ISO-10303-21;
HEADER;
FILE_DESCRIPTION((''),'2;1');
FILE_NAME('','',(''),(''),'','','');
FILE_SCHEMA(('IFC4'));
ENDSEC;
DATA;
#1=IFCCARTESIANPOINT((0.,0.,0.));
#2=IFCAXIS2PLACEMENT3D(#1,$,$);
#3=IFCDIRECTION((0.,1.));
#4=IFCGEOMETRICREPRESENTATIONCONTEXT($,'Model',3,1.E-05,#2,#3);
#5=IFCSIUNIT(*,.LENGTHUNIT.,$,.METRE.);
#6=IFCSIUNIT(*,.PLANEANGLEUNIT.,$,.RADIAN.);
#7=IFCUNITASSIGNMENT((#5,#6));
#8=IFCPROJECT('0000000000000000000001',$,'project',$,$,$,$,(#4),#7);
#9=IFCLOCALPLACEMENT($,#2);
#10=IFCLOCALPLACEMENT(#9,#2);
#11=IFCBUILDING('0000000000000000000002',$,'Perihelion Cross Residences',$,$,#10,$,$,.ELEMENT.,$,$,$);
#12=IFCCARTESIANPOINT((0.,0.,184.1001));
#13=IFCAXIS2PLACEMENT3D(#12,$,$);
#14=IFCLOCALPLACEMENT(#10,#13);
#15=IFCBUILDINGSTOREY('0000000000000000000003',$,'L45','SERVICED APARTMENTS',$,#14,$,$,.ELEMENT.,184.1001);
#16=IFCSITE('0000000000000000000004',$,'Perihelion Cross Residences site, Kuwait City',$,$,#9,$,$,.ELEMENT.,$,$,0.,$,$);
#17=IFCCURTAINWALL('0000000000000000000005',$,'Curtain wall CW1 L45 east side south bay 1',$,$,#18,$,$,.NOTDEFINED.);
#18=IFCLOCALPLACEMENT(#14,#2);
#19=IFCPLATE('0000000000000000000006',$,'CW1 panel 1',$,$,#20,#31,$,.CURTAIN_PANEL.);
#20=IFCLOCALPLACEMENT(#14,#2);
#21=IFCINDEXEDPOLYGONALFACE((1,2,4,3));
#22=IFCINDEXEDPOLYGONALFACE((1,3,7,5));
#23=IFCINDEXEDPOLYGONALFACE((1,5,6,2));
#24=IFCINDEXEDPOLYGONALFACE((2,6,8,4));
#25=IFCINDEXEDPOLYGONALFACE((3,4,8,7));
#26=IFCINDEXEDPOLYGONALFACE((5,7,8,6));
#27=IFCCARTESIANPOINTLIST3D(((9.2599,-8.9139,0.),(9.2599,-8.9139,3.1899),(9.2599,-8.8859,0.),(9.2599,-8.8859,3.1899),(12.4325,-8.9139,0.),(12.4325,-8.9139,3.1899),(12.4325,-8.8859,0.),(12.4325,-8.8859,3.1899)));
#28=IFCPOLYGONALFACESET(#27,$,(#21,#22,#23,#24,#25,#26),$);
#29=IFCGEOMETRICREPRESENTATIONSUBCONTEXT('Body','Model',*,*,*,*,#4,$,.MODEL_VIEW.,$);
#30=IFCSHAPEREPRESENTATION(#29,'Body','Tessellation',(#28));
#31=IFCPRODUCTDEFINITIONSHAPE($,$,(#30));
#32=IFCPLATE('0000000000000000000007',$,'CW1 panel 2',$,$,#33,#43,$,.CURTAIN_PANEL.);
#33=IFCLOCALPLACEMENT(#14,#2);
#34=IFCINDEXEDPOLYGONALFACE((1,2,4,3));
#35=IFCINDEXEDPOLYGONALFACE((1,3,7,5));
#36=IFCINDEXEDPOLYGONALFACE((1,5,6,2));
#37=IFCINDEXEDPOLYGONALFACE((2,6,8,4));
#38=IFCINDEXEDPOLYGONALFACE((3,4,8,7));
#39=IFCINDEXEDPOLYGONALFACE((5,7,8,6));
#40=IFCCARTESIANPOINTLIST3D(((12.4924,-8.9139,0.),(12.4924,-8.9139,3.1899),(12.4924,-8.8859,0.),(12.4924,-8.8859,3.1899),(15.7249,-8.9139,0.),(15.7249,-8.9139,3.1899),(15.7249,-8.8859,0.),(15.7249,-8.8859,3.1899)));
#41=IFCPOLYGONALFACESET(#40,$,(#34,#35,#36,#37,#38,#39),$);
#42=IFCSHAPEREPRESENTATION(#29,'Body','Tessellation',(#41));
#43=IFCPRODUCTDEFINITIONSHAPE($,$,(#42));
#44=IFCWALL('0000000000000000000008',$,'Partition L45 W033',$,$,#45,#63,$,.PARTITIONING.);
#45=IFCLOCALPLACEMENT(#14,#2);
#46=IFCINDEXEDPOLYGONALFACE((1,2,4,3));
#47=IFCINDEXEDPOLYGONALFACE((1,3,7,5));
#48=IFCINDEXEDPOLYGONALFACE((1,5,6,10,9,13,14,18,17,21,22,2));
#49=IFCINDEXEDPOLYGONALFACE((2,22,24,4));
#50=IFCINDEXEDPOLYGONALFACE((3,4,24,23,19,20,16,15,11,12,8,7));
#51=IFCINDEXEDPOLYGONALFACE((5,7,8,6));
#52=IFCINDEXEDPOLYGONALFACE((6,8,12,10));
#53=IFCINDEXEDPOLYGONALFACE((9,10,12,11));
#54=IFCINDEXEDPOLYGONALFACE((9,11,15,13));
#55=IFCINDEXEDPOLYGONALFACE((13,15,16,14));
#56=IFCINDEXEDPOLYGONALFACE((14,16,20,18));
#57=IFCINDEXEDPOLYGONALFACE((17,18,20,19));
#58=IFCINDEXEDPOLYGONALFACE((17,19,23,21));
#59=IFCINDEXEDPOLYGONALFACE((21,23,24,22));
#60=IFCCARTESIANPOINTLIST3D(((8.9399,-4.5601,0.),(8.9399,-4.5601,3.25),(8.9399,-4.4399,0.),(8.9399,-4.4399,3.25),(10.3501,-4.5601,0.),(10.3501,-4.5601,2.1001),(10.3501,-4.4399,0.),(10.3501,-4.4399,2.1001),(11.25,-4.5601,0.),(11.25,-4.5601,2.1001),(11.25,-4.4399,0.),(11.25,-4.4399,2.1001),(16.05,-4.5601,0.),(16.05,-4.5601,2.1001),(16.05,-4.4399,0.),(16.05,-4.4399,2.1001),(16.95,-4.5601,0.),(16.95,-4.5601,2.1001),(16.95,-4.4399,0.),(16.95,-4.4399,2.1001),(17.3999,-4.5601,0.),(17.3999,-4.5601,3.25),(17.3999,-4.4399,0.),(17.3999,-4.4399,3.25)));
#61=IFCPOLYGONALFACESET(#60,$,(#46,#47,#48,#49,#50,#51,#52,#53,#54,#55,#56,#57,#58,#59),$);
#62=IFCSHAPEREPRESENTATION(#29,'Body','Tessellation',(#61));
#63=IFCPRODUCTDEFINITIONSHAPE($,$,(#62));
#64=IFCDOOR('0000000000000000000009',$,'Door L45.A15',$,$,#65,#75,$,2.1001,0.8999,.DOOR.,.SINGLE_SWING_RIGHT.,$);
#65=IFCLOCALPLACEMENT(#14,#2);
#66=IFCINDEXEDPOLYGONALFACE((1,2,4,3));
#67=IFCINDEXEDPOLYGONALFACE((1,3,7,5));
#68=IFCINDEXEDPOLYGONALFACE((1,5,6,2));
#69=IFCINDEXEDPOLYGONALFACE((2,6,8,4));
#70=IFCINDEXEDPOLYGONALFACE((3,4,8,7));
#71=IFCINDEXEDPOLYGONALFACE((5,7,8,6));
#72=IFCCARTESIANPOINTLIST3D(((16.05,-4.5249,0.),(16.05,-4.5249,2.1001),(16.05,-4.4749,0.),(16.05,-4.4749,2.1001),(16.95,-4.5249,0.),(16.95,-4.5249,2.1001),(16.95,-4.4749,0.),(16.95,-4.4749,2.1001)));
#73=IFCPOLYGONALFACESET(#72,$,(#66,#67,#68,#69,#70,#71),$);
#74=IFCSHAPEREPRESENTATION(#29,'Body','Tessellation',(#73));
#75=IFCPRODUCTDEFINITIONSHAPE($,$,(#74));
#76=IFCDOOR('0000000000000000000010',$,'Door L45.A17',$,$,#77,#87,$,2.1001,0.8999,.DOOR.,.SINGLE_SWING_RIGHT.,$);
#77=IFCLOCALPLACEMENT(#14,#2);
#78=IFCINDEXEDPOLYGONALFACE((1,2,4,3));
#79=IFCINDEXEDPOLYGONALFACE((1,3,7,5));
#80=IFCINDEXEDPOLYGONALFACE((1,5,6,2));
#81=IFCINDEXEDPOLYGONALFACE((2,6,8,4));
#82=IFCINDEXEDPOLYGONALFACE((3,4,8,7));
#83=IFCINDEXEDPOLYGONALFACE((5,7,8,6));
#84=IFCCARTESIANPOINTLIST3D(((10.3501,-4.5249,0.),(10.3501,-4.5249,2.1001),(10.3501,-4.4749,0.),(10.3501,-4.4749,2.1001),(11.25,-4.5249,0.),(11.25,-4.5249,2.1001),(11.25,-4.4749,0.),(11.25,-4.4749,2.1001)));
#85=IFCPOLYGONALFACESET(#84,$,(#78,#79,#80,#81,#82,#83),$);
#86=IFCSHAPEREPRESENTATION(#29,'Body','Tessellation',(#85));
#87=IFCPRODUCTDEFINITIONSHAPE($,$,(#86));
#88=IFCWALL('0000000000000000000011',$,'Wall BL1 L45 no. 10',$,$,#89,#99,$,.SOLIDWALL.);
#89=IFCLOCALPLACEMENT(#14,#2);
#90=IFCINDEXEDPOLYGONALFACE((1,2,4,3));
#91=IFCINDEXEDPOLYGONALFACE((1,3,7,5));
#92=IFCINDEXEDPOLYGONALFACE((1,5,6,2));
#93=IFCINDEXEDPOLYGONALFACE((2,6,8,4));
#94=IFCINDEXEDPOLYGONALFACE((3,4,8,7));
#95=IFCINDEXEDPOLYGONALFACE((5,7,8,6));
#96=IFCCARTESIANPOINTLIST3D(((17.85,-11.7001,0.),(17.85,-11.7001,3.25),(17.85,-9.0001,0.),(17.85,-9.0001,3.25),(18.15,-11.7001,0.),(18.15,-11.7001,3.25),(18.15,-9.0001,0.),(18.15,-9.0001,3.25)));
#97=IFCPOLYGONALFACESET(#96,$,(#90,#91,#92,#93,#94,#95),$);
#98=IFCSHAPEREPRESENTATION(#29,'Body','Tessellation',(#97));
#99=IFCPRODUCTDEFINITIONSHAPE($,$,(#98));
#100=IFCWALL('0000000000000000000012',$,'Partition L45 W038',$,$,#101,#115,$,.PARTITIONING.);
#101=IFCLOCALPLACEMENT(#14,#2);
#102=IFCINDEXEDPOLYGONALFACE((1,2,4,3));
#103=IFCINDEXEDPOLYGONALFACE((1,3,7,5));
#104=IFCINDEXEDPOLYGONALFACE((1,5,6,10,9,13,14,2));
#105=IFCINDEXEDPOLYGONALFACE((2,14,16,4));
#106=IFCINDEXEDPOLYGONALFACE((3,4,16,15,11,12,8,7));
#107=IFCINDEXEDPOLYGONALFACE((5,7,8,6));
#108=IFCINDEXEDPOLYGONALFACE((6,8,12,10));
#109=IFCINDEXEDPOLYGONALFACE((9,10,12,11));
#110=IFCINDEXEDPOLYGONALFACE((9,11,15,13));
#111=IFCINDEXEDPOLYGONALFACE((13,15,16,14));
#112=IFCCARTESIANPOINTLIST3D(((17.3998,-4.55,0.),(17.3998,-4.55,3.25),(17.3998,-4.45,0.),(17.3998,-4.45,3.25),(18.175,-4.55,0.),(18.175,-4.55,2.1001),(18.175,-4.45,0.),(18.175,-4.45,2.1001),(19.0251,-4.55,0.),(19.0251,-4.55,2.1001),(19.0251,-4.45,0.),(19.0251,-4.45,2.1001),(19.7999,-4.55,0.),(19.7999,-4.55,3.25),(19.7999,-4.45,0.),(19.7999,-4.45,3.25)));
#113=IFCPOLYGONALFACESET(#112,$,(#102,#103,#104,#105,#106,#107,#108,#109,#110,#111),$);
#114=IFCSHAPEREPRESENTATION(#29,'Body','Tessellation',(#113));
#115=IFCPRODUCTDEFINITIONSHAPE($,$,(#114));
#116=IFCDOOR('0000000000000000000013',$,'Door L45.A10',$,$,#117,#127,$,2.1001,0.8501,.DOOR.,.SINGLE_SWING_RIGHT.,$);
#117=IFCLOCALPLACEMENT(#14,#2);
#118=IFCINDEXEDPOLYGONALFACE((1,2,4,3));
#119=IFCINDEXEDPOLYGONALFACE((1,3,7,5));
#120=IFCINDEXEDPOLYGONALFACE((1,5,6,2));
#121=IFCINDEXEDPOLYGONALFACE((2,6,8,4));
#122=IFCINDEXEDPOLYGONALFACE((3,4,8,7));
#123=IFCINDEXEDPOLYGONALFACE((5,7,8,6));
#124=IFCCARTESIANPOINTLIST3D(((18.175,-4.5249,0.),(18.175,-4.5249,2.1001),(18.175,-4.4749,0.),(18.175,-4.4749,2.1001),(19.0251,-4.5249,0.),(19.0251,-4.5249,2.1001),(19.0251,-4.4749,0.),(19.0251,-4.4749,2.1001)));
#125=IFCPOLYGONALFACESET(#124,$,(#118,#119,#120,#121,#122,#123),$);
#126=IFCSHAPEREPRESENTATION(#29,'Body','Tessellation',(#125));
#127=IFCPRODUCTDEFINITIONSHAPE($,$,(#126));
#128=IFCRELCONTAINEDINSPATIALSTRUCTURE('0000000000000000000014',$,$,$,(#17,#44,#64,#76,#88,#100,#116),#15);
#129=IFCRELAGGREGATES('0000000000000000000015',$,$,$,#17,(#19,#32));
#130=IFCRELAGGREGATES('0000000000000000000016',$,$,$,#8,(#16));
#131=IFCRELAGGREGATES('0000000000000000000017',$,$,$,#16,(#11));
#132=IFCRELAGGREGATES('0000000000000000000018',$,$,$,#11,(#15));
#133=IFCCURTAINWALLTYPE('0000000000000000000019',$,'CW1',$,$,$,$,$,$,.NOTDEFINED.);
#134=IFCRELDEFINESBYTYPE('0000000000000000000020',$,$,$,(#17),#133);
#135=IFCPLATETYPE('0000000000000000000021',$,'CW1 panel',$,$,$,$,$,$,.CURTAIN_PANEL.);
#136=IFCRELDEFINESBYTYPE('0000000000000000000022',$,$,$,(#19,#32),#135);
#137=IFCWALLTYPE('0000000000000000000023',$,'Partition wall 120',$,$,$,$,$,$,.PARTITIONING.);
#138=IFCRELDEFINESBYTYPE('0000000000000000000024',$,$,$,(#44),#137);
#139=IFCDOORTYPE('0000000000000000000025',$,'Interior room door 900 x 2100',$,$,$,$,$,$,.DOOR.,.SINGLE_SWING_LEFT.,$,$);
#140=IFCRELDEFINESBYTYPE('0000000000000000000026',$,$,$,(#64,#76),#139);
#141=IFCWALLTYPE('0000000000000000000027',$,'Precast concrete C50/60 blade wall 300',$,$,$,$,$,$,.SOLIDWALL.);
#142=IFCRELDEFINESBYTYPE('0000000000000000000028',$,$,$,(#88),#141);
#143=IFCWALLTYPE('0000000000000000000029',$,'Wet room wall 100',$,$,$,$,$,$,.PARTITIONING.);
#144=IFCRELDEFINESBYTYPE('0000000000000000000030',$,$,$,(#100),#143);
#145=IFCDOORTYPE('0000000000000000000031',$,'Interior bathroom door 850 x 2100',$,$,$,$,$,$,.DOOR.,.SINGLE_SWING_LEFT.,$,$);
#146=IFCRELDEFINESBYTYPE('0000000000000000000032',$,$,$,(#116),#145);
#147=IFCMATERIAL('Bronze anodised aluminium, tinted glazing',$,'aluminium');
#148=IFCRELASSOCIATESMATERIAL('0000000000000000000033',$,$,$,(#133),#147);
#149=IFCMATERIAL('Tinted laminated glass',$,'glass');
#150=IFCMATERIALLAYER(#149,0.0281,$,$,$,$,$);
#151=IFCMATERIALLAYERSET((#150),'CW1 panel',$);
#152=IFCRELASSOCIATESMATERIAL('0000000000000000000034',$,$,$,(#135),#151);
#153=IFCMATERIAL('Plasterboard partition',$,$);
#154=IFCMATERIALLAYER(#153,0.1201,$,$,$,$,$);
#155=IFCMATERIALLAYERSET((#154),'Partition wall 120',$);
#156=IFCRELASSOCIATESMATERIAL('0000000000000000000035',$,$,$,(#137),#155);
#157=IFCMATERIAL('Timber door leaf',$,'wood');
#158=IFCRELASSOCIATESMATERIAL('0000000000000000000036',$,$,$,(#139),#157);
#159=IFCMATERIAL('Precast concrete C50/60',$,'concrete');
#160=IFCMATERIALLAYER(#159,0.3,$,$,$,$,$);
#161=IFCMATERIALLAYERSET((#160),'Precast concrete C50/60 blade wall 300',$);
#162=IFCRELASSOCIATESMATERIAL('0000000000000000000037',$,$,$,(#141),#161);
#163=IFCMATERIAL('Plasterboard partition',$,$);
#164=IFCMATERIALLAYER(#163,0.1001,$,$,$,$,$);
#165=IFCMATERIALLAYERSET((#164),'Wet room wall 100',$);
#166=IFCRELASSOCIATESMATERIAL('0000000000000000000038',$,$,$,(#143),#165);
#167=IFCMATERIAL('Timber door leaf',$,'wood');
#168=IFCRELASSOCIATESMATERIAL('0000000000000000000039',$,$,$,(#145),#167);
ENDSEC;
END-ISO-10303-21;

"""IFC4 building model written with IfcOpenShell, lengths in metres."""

from ifc_helpers import new_model, si_unit, direction, frame, frame_2d, origin, origin_2d, place, context, subcontext, project, spatial, rectangle, extrude, material, layer, layer_set, type_object, element, fill, aggregate, save


model = new_model("IFC4")

# Units and contexts
model_context = context("Model", 3, precision=1e-05, world=origin(), true_north=direction((0.0, 1.0)))
body_context = subcontext(model_context, "Body", "Model", "MODEL_VIEW")
ifc_project = project(units=[si_unit("LENGTHUNIT", "METRE"), si_unit("PLANEANGLEUNIT", "RADIAN")], contexts=[model_context])

# Site, building, storey
site_placement = place(None, origin())
site = spatial("IfcSite", under=ifc_project, at=site_placement, Name="Perihelion Cross Residences site, Kuwait City", CompositionType="ELEMENT", RefElevation=0.0)
building_placement = place(site_placement, origin())
building = spatial("IfcBuilding", under=site, at=building_placement, Name="Perihelion Cross Residences", CompositionType="ELEMENT")
storey_placement = place(building_placement, frame((0.0, 0.0, 184.1001)))
storey = spatial("IfcBuildingStorey", under=building, at=storey_placement, Name="L45", Description="SERVICED APARTMENTS", CompositionType="ELEMENT", Elevation=184.1001)

# Curtain wall
ifc_material_1 = material(Name="Bronze anodised aluminium, tinted glazing", Category="aluminium")
curtain_wall_type = type_object("IfcCurtainWallType", Name="CW1", PredefinedType="NOTDEFINED", material=ifc_material_1)
curtain_wall_placement = place(storey_placement, origin())
curtain_wall = element("IfcCurtainWall", 1, at=curtain_wall_placement, inside=storey, type_object=curtain_wall_type, Name="Curtain wall CW1 L45 east side south bay 1", PredefinedType="NOTDEFINED")

# Plates
ifc_material_2 = material(Name="Tinted laminated glass", Category="glass")
ifc_layer_1 = layer(ifc_material_2, 0.0281)
ifc_layer_set_1 = layer_set([ifc_layer_1], Name="CW1 panel")
plate_type = type_object("IfcPlateType", Name="CW1 panel", PredefinedType="CURTAIN_PANEL", material=ifc_layer_set_1)
plate_1_placement = place(storey_placement, frame((10.8462, -8.8999, 0.0), z_axis=(0.0, 0.0, 1.0), x_axis=(1.0, 0.0, 0.0)))
plate_1 = element("IfcPlate", 2, at=plate_1_placement, type_object=plate_type, Name="CW1 panel 1", PredefinedType="CURTAIN_PANEL", context=body_context, shape_type="SweptSolid", body=[
    extrude(rectangle(XDim=3.1726, YDim=0.0281, at=origin_2d()), origin(), (0.0, 0.0, 1.0), 3.1899),
])
plate_2_placement = place(storey_placement, frame((14.1086, -8.8999, 0.0), z_axis=(0.0, 0.0, 1.0), x_axis=(1.0, 0.0, 0.0)))
plate_2 = element("IfcPlate", 3, at=plate_2_placement, type_object=plate_type, Name="CW1 panel 2", PredefinedType="CURTAIN_PANEL", context=body_context, shape_type="SweptSolid", body=[
    extrude(rectangle(XDim=3.2324, YDim=0.0281, at=origin_2d()), origin(), (0.0, 0.0, 1.0), 3.1899),
])
aggregate(curtain_wall, [plate_1, plate_2])

# Wall, openings, doors
ifc_material_3 = material(Name="Plasterboard partition")
ifc_layer_2 = layer(ifc_material_3, 0.1201)
ifc_layer_set_2 = layer_set([ifc_layer_2], Name="Partition wall 120")
wall_type_1 = type_object("IfcWallType", Name="Partition wall 120", PredefinedType="PARTITIONING", material=ifc_layer_set_2)
wall_1_placement = place(storey_placement, frame((17.3999, -4.5, 0.0), z_axis=(0.0, 0.0, 1.0), x_axis=(-1.0, 0.0, 0.0)))
wall_1 = element("IfcWall", 4, at=wall_1_placement, inside=storey, type_object=wall_type_1, Name="Partition L45 W033", PredefinedType="PARTITIONING", context=body_context, shape_type="SweptSolid", body=[
    extrude(rectangle(XDim=8.46, YDim=0.1201, at=frame_2d((4.23, 0.0))), origin(), (0.0, 0.0, 1.0), 3.25),
])
opening_1_placement = place(wall_1_placement, frame((0.45, 0.0, 0.0)))
opening_1 = element("IfcOpeningElement", 5, at=opening_1_placement, cuts=wall_1, PredefinedType="OPENING", context=body_context, shape_type="SweptSolid", body=[
    extrude(rectangle(XDim=0.8999, YDim=2.1001, at=frame_2d((0.45, 1.05))), frame((0.0, 0.0701, 0.0), z_axis=(0.0, -1.0, 0.0), x_axis=(1.0, 0.0, 0.0)), (0.0, 0.0, 1.0), 0.1401),
])
opening_2_placement = place(wall_1_placement, frame((6.1499, 0.0, 0.0)))
opening_2 = element("IfcOpeningElement", 6, at=opening_2_placement, cuts=wall_1, PredefinedType="OPENING", context=body_context, shape_type="SweptSolid", body=[
    extrude(rectangle(XDim=0.8999, YDim=2.1001, at=frame_2d((0.45, 1.05))), frame((0.0, 0.0701, 0.0), z_axis=(0.0, -1.0, 0.0), x_axis=(1.0, 0.0, 0.0)), (0.0, 0.0, 1.0), 0.1401),
])
ifc_material_4 = material(Name="Timber door leaf", Category="wood")
door_type_1 = type_object("IfcDoorType", Name="Interior room door 900 x 2100", OperationType="SINGLE_SWING_LEFT", PredefinedType="DOOR", material=ifc_material_4)
door_1_placement = place(opening_1_placement, origin())
door_1 = element("IfcDoor", 7, at=door_1_placement, inside=storey, type_object=door_type_1, Name="Door L45.A15", OperationType="SINGLE_SWING_RIGHT", OverallHeight=2.1001, OverallWidth=0.8999, PredefinedType="DOOR", context=body_context, shape_type="SweptSolid", body=[
    extrude(rectangle(XDim=0.8999, YDim=2.1001, at=frame_2d((0.45, 1.05))), frame((0.0, 0.0249, 0.0), z_axis=(0.0, -1.0, 0.0), x_axis=(1.0, 0.0, 0.0)), (0.0, 0.0, 1.0), 0.05),
])
fill(opening_1, door_1)
door_2_placement = place(opening_2_placement, origin())
door_2 = element("IfcDoor", 8, at=door_2_placement, inside=storey, type_object=door_type_1, Name="Door L45.A17", OperationType="SINGLE_SWING_RIGHT", OverallHeight=2.1001, OverallWidth=0.8999, PredefinedType="DOOR", context=body_context, shape_type="SweptSolid", body=[
    extrude(rectangle(XDim=0.8999, YDim=2.1001, at=frame_2d((0.45, 1.05))), frame((0.0, 0.0249, 0.0), z_axis=(0.0, -1.0, 0.0), x_axis=(1.0, 0.0, 0.0)), (0.0, 0.0, 1.0), 0.05),
])
fill(opening_2, door_2)

# Wall
ifc_material_5 = material(Name="Precast concrete C50/60", Category="concrete")
ifc_layer_3 = layer(ifc_material_5, 0.3)
ifc_layer_set_3 = layer_set([ifc_layer_3], Name="Precast concrete C50/60 blade wall 300")
wall_type_2 = type_object("IfcWallType", Name="Precast concrete C50/60 blade wall 300", PredefinedType="SOLIDWALL", material=ifc_layer_set_3)
wall_2_placement = place(storey_placement, frame((18.0, -9.0, 0.0), z_axis=(0.0, 0.0, 1.0), x_axis=(0.0, -1.0, 0.0)))
element("IfcWall", 9, at=wall_2_placement, inside=storey, type_object=wall_type_2, Name="Wall BL1 L45 no. 10", PredefinedType="SOLIDWALL", context=body_context, shape_type="SweptSolid", body=[
    extrude(rectangle(XDim=2.7, YDim=0.3, at=frame_2d((1.3501, 0.0))), origin(), (0.0, 0.0, 1.0), 3.25),
])

# Wall, opening, door
ifc_material_6 = material(Name="Plasterboard partition")
ifc_layer_4 = layer(ifc_material_6, 0.1001)
ifc_layer_set_4 = layer_set([ifc_layer_4], Name="Wet room wall 100")
wall_type_3 = type_object("IfcWallType", Name="Wet room wall 100", PredefinedType="PARTITIONING", material=ifc_layer_set_4)
wall_3_placement = place(storey_placement, frame((19.8, -4.5, 0.0), z_axis=(0.0, 0.0, 1.0), x_axis=(-1.0, 0.0, 0.0)))
wall_3 = element("IfcWall", 10, at=wall_3_placement, inside=storey, type_object=wall_type_3, Name="Partition L45 W038", PredefinedType="PARTITIONING", context=body_context, shape_type="SweptSolid", body=[
    extrude(rectangle(XDim=2.4001, YDim=0.1001, at=frame_2d((1.2002, 0.0))), origin(), (0.0, 0.0, 1.0), 3.25),
])
opening_3_placement = place(wall_3_placement, frame((0.7749, 0.0, 0.0)))
opening_3 = element("IfcOpeningElement", 11, at=opening_3_placement, cuts=wall_3, PredefinedType="OPENING", context=body_context, shape_type="SweptSolid", body=[
    extrude(rectangle(XDim=0.8501, YDim=2.1001, at=frame_2d((0.425, 1.05))), frame((0.0, 0.0601, 0.0), z_axis=(0.0, -1.0, 0.0), x_axis=(1.0, 0.0, 0.0)), (0.0, 0.0, 1.0), 0.1201),
])
ifc_material_7 = material(Name="Timber door leaf", Category="wood")
door_type_2 = type_object("IfcDoorType", Name="Interior bathroom door 850 x 2100", OperationType="SINGLE_SWING_LEFT", PredefinedType="DOOR", material=ifc_material_7)
door_3_placement = place(opening_3_placement, origin())
door_3 = element("IfcDoor", 12, at=door_3_placement, inside=storey, type_object=door_type_2, Name="Door L45.A10", OperationType="SINGLE_SWING_RIGHT", OverallHeight=2.1001, OverallWidth=0.8501, PredefinedType="DOOR", context=body_context, shape_type="SweptSolid", body=[
    extrude(rectangle(XDim=0.8501, YDim=2.1001, at=frame_2d((0.425, 1.05))), frame((0.0, 0.0249, 0.0), z_axis=(0.0, -1.0, 0.0), x_axis=(1.0, 0.0, 0.0)), (0.0, 0.0, 1.0), 0.05),
])
fill(opening_3, door_3)

save(model, "model.ifc")
